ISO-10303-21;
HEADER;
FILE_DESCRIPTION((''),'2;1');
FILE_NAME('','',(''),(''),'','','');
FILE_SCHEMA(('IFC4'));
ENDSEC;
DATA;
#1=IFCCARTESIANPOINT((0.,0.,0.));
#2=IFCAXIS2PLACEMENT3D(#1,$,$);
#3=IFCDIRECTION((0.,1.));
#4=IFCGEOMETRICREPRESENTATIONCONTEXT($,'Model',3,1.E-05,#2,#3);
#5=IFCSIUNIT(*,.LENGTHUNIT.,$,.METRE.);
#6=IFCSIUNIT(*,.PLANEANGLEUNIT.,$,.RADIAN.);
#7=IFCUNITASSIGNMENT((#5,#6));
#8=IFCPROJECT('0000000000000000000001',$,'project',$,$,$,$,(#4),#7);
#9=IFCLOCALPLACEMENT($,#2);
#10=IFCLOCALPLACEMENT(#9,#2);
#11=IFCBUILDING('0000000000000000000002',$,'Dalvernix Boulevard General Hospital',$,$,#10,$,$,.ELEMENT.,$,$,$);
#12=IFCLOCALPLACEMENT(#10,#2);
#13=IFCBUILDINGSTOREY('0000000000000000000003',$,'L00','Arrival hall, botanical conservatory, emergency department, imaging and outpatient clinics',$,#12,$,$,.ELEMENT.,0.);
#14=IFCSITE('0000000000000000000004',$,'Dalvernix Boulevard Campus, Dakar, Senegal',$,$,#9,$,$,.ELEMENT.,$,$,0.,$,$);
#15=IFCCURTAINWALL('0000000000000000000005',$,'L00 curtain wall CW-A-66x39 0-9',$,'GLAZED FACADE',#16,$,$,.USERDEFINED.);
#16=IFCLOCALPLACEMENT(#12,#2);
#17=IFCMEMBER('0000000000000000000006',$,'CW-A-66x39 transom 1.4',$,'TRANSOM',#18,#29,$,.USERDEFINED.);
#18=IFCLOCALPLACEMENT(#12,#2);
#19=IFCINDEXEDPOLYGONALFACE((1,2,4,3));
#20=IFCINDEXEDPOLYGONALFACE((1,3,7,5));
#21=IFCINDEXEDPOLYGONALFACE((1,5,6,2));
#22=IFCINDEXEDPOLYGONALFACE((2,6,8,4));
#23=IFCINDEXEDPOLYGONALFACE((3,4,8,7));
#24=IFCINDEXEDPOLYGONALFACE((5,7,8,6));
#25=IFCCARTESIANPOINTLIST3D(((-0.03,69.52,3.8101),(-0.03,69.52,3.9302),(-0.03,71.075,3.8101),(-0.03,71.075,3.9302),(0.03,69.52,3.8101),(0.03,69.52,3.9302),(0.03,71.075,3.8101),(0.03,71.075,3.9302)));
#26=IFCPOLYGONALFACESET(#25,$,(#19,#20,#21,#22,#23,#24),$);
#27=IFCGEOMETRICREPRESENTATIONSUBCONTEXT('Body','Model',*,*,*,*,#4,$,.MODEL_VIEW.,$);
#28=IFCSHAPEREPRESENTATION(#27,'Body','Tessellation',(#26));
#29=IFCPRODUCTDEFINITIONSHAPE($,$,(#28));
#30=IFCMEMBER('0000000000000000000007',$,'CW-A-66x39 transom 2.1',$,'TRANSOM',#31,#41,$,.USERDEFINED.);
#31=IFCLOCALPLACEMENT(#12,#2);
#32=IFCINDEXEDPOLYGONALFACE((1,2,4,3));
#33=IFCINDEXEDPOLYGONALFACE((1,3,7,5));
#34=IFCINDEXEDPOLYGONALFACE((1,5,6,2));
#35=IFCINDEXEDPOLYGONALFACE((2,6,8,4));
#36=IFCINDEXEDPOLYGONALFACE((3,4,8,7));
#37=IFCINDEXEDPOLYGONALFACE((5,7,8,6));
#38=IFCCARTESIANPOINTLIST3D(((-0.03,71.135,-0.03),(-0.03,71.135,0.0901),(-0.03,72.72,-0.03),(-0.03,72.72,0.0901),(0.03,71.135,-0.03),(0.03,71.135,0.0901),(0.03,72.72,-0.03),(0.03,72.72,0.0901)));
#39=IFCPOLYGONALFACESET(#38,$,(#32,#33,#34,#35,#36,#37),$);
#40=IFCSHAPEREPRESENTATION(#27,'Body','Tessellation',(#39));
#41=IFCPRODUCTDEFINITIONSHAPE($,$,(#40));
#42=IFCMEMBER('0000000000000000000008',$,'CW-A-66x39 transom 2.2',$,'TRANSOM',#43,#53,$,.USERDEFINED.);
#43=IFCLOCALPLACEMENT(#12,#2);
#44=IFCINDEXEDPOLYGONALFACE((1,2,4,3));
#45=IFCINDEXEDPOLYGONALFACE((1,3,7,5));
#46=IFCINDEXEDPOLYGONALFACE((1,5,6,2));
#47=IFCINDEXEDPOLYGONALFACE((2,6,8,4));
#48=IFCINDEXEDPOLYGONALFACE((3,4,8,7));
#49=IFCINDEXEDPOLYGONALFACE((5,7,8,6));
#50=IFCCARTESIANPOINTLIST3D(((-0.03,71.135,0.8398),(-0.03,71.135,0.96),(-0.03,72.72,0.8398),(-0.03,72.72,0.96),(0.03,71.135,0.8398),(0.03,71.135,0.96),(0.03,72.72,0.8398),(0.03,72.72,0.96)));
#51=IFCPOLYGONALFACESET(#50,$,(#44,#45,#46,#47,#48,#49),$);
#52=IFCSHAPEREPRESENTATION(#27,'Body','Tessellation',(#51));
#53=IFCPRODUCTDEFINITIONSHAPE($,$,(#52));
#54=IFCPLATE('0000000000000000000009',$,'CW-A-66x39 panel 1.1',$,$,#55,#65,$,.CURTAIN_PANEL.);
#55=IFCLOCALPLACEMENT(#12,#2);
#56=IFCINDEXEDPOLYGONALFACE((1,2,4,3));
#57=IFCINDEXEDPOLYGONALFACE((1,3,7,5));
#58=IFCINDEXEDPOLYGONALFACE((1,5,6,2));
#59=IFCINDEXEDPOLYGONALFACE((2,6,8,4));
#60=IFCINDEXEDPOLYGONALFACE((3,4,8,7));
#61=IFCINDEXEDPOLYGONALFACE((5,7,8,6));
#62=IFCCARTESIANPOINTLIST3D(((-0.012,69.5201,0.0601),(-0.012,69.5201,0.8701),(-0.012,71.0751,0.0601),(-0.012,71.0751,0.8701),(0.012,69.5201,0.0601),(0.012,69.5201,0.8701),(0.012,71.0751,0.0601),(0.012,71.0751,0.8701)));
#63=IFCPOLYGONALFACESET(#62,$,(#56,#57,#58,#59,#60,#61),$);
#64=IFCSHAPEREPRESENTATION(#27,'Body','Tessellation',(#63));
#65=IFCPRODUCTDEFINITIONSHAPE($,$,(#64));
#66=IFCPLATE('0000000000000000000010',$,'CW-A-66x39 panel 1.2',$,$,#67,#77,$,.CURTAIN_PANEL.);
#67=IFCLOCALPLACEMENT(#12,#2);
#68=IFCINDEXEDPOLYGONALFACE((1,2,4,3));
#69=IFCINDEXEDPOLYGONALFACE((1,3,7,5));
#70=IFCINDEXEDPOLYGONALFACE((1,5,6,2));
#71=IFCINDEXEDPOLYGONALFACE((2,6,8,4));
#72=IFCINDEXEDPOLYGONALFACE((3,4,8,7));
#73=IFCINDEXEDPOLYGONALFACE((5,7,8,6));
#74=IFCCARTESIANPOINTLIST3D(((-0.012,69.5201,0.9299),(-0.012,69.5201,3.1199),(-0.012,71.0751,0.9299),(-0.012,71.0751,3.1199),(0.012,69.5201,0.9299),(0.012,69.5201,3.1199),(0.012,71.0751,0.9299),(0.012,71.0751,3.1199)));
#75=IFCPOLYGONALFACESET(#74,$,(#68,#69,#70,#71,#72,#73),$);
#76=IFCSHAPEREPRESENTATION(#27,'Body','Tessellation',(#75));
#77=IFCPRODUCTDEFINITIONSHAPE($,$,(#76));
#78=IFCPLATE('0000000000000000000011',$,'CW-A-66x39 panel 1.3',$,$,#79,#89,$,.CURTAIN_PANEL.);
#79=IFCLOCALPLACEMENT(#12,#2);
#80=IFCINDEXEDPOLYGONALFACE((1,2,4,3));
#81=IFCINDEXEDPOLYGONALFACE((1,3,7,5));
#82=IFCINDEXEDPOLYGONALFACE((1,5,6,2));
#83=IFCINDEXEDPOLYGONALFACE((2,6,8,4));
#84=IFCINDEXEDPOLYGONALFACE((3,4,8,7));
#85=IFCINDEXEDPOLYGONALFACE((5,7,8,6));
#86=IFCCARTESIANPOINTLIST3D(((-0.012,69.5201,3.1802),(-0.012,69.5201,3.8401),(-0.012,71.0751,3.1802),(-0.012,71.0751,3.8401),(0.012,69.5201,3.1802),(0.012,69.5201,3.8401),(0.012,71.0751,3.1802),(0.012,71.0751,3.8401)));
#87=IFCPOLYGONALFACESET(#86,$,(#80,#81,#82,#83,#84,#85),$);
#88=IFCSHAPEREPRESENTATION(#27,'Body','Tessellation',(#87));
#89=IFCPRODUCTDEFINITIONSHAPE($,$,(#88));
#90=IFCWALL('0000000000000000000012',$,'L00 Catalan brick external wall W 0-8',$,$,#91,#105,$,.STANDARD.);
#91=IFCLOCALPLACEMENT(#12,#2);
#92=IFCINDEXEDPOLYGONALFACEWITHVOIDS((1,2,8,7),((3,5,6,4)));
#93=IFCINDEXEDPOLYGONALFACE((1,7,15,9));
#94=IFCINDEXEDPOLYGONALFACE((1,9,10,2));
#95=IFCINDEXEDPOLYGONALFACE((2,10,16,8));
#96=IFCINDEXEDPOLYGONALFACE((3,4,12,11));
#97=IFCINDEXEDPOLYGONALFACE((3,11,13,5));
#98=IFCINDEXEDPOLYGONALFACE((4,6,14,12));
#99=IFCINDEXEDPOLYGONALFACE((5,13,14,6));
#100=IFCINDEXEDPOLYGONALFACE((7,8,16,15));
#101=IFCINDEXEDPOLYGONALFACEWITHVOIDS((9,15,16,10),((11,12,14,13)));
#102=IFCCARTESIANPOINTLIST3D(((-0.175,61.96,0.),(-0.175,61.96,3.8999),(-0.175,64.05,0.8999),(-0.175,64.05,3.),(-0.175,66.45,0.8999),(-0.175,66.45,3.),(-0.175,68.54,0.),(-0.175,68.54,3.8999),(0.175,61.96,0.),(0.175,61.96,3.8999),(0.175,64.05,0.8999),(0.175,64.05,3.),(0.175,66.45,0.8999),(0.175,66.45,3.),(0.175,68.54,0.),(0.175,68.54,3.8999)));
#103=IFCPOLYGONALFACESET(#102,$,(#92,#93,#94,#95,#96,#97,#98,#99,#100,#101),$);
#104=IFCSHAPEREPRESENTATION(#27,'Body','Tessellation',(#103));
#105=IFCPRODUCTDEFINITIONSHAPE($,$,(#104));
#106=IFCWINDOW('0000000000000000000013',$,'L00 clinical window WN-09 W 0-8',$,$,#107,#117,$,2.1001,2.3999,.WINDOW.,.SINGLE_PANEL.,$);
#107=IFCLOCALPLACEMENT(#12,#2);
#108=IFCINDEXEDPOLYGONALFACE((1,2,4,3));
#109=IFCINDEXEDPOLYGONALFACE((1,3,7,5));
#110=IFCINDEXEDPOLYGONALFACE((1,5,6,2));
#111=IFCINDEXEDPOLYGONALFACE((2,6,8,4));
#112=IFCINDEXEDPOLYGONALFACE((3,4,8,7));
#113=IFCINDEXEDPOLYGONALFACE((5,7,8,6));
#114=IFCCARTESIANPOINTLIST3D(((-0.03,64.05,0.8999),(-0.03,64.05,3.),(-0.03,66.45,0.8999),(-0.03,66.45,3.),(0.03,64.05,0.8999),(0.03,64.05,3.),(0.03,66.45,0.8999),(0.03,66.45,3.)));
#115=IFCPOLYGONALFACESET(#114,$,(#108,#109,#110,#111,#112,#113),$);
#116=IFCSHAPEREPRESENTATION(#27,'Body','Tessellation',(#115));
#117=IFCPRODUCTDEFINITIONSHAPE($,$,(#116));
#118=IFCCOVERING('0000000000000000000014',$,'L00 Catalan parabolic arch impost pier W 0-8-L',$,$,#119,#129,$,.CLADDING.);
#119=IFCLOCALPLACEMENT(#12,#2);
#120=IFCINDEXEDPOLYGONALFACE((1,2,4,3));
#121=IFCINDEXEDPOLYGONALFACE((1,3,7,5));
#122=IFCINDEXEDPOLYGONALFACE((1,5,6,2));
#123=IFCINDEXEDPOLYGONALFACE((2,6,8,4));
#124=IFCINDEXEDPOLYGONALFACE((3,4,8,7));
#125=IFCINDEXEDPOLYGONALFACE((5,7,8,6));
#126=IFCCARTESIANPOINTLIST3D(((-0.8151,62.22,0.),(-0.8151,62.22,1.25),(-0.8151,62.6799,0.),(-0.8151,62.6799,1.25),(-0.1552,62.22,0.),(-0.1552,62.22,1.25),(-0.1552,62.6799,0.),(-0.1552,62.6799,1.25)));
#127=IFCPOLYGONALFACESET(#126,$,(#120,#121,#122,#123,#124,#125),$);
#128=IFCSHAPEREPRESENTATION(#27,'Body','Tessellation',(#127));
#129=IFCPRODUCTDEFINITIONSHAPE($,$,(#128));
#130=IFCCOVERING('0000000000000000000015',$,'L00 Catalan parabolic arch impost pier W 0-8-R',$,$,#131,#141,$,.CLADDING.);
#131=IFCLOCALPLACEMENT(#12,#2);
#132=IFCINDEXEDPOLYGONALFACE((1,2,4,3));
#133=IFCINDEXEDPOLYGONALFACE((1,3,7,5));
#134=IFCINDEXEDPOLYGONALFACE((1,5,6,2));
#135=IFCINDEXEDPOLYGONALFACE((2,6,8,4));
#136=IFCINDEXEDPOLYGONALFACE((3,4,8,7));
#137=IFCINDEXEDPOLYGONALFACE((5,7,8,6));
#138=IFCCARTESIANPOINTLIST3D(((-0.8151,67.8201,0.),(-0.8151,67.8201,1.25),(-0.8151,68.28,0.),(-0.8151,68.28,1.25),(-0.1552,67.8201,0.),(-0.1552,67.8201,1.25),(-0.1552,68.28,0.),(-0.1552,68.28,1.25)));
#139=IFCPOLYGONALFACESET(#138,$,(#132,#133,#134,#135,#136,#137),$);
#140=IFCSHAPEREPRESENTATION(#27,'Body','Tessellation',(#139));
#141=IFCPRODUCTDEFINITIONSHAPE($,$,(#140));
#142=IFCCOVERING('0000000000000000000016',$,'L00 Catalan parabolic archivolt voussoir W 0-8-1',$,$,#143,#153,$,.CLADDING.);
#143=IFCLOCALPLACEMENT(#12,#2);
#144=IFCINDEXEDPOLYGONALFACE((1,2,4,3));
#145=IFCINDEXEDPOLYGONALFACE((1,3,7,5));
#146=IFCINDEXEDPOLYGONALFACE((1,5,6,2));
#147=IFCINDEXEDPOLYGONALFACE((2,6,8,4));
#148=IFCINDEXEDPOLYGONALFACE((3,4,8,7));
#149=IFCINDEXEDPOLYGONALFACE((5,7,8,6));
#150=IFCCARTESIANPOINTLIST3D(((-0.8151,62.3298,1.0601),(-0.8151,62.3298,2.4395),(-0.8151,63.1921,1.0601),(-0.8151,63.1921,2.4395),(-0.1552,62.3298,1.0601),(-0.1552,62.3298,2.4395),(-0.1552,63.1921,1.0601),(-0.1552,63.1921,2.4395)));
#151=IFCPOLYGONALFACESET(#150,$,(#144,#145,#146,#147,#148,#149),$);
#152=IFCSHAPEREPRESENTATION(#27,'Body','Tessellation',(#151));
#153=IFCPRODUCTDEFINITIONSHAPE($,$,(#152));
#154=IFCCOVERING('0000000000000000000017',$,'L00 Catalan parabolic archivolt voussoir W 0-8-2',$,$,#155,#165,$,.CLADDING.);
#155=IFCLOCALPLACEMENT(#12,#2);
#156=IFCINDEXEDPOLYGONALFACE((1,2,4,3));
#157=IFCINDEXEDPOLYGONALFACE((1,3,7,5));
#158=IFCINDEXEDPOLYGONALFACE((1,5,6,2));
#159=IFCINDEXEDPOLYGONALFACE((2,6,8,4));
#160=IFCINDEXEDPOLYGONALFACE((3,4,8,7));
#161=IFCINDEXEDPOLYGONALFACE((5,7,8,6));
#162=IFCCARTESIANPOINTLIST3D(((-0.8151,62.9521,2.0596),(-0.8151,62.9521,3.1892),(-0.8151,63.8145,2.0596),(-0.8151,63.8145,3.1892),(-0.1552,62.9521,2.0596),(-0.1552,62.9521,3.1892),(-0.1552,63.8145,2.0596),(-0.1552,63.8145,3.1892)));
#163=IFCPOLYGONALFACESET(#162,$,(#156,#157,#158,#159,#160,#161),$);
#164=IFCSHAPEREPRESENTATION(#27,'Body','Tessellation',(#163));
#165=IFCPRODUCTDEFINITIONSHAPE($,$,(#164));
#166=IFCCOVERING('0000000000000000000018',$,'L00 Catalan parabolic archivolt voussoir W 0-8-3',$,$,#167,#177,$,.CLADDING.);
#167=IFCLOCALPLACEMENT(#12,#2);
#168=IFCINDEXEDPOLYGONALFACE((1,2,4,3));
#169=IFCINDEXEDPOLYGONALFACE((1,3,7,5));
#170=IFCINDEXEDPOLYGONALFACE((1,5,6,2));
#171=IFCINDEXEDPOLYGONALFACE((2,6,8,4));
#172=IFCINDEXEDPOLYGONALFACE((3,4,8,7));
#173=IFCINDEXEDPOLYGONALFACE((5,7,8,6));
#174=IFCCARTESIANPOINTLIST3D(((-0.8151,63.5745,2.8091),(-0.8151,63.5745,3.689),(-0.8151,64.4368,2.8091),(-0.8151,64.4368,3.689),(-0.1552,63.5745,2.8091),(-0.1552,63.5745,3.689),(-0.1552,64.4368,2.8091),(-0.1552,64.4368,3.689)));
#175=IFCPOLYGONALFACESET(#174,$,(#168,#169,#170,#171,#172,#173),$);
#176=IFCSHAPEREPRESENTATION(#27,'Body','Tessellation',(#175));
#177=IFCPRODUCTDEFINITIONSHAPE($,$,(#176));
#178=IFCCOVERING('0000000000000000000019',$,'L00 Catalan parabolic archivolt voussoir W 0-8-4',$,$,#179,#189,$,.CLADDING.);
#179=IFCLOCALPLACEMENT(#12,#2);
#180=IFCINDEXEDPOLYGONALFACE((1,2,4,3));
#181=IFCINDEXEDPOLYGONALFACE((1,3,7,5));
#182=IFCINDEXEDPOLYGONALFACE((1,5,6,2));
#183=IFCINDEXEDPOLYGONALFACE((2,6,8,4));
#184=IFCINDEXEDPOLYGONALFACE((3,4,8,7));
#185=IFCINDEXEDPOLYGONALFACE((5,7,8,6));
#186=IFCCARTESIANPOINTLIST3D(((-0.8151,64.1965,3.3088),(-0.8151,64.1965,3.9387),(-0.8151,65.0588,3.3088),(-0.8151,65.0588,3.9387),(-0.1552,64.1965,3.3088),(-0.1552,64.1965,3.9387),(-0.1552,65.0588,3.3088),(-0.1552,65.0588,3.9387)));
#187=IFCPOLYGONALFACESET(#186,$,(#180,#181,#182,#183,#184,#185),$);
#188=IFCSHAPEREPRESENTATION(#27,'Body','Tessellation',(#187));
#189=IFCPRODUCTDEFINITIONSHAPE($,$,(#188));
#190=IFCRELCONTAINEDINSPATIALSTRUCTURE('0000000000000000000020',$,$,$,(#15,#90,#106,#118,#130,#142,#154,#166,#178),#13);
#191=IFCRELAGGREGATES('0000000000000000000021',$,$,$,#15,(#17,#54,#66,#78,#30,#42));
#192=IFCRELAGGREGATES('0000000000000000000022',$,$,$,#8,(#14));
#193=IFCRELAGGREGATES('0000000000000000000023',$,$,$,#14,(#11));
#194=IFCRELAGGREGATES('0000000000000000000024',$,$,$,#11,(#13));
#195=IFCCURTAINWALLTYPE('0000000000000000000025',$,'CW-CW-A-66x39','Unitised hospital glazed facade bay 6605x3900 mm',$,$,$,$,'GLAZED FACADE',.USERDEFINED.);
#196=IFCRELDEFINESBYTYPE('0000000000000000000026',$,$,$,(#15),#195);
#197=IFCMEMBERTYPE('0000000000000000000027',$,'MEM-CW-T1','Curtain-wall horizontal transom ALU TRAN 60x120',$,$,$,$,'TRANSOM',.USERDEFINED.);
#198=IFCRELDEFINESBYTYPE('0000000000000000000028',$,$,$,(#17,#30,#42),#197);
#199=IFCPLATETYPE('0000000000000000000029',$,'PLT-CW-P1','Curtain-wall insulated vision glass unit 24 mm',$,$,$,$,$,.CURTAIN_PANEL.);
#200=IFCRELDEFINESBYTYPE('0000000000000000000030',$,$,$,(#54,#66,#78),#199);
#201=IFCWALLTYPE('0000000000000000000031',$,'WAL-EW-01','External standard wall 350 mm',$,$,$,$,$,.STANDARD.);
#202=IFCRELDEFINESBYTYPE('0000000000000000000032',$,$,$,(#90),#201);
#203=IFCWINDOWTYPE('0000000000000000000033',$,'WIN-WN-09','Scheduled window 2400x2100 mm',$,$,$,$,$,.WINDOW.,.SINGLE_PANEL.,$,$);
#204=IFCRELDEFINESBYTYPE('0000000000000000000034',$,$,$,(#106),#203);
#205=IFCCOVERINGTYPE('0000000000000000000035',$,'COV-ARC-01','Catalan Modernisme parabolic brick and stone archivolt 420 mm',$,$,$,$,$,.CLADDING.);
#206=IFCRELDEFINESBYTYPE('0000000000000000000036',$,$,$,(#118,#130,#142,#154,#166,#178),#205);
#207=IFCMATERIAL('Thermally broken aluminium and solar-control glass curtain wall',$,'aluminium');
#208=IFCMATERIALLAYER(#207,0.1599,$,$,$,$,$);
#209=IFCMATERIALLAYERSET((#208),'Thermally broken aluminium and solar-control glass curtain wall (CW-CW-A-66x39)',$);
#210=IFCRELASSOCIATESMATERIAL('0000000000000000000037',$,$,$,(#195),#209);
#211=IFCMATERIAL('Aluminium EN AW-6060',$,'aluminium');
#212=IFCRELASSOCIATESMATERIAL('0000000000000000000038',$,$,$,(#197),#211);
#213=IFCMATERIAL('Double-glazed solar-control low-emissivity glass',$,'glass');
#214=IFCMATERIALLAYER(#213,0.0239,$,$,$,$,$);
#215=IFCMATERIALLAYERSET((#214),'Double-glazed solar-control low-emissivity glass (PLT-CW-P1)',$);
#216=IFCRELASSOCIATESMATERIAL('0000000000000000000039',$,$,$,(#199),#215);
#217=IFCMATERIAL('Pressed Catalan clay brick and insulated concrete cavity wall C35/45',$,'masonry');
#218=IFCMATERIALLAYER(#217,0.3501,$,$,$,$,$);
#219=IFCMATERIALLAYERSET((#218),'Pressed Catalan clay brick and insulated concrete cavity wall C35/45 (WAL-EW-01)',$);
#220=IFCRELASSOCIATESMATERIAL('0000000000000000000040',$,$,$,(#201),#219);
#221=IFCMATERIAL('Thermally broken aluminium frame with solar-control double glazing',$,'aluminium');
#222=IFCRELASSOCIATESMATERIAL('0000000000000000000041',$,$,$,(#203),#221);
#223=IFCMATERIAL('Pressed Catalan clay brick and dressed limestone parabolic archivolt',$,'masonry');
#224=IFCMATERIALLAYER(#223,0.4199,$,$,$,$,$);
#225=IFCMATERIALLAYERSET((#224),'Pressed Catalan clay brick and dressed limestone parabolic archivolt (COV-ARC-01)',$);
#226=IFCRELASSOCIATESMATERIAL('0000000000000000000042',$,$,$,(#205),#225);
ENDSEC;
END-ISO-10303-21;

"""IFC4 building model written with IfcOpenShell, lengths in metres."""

from ifc_helpers import new_model, si_unit, direction, frame, frame_2d, origin, origin_2d, place, context, subcontext, project, spatial, rectangle, extrude, material, layer, layer_set, material_profile, profile_set, type_object, element, fill, aggregate, save


model = new_model("IFC4")

# Units and contexts
model_context = context("Model", 3, precision=1e-05, world=origin(), true_north=direction((0.0, 1.0)))
body_context = subcontext(model_context, "Body", "Model", "MODEL_VIEW")
ifc_project = project(units=[si_unit("LENGTHUNIT", "METRE"), si_unit("PLANEANGLEUNIT", "RADIAN")], contexts=[model_context])

# Site, building, storey
site_placement = place(None, origin())
site = spatial("IfcSite", under=ifc_project, at=site_placement, Name="Dalvernix Boulevard Campus, Dakar, Senegal", CompositionType="ELEMENT", RefElevation=0.0)
building_placement = place(site_placement, origin())
building = spatial("IfcBuilding", under=site, at=building_placement, Name="Dalvernix Boulevard General Hospital", CompositionType="ELEMENT")
storey_placement = place(building_placement, origin())
storey = spatial("IfcBuildingStorey", under=building, at=storey_placement, Name="L00", Description="Arrival hall, botanical conservatory, emergency department, imaging and outpatient clinics", CompositionType="ELEMENT", Elevation=0.0)

# Curtain wall, members, plates
ifc_material_1 = material(Name="Thermally broken aluminium and solar-control glass curtain wall", Category="aluminium")
ifc_layer_1 = layer(ifc_material_1, 0.1599)
ifc_layer_set_1 = layer_set([ifc_layer_1], Name="Thermally broken aluminium and solar-control glass curtain wall (CW-CW-A-66x39)")
curtain_wall_type = type_object("IfcCurtainWallType", Name="CW-CW-A-66x39", Description="Unitised hospital glazed facade bay 6605x3900 mm", ElementType="GLAZED FACADE", PredefinedType="USERDEFINED", material=ifc_layer_set_1)
curtain_wall_placement = place(storey_placement, origin())
curtain_wall = element("IfcCurtainWall", 1, at=curtain_wall_placement, inside=storey, type_object=curtain_wall_type, Name="L00 curtain wall CW-A-66x39 0-9", ObjectType="GLAZED FACADE", PredefinedType="USERDEFINED")
ifc_material_2 = material(Name="Aluminium EN AW-6060", Category="aluminium")
ifc_material_profile_1 = material_profile(ifc_material_2, rectangle(XDim=0.0601, YDim=0.1201, at=origin_2d()), Name="ALU TRAN 60x120")
ifc_profile_set_1 = profile_set([ifc_material_profile_1], Name="Aluminium EN AW-6060")
member_type_1 = type_object("IfcMemberType", Name="MEM-CW-T1", Description="Curtain-wall horizontal transom ALU TRAN 60x120", ElementType="TRANSOM", PredefinedType="USERDEFINED", material=ifc_profile_set_1)
member_1_placement = place(storey_placement, frame((0.0, 69.52, 3.8701), z_axis=(0.0, 1.0, 0.0), x_axis=(-1.0, 0.0, 0.0)))
member_1 = element("IfcMember", 2, at=member_1_placement, type_object=member_type_1, Name="CW-A-66x39 transom 1.4", ObjectType="TRANSOM", PredefinedType="USERDEFINED", context=body_context, shape_type="SweptSolid", body=[
    extrude(rectangle(XDim=0.0601, YDim=0.1201, at=origin_2d()), origin(), (0.0, 0.0, 1.0), 1.5549),
])
member_2_placement = place(storey_placement, frame((0.0, 71.135, 0.03), z_axis=(0.0, 1.0, 0.0), x_axis=(-1.0, 0.0, 0.0)))
member_2 = element("IfcMember", 3, at=member_2_placement, type_object=member_type_1, Name="CW-A-66x39 transom 2.1", ObjectType="TRANSOM", PredefinedType="USERDEFINED", context=body_context, shape_type="SweptSolid", body=[
    extrude(rectangle(XDim=0.0601, YDim=0.1201, at=origin_2d()), origin(), (0.0, 0.0, 1.0), 1.585),
])
member_3_placement = place(storey_placement, frame((0.0, 71.135, 0.8999), z_axis=(0.0, 1.0, 0.0), x_axis=(-1.0, 0.0, 0.0)))
member_3 = element("IfcMember", 4, at=member_3_placement, type_object=member_type_1, Name="CW-A-66x39 transom 2.2", ObjectType="TRANSOM", PredefinedType="USERDEFINED", context=body_context, shape_type="SweptSolid", body=[
    extrude(rectangle(XDim=0.0601, YDim=0.1201, at=origin_2d()), origin(), (0.0, 0.0, 1.0), 1.585),
])
ifc_material_3 = material(Name="Double-glazed solar-control low-emissivity glass", Category="glass")
ifc_layer_2 = layer(ifc_material_3, 0.0239)
ifc_layer_set_2 = layer_set([ifc_layer_2], Name="Double-glazed solar-control low-emissivity glass (PLT-CW-P1)")
plate_type = type_object("IfcPlateType", Name="PLT-CW-P1", Description="Curtain-wall insulated vision glass unit 24 mm", PredefinedType="CURTAIN_PANEL", material=ifc_layer_set_2)
plate_1_placement = place(storey_placement, frame((0.0, 70.2976, 0.0601), z_axis=(0.0, 0.0, 1.0), x_axis=(0.0, 1.0, 0.0)))
plate_1 = element("IfcPlate", 5, at=plate_1_placement, type_object=plate_type, Name="CW-A-66x39 panel 1.1", PredefinedType="CURTAIN_PANEL", context=body_context, shape_type="SweptSolid", body=[
    extrude(rectangle(XDim=1.5549, YDim=0.0239, at=origin_2d()), origin(), (0.0, 0.0, 1.0), 0.8101),
])
plate_2_placement = place(storey_placement, frame((0.0, 70.2976, 0.9299), z_axis=(0.0, 0.0, 1.0), x_axis=(0.0, 1.0, 0.0)))
plate_2 = element("IfcPlate", 6, at=plate_2_placement, type_object=plate_type, Name="CW-A-66x39 panel 1.2", PredefinedType="CURTAIN_PANEL", context=body_context, shape_type="SweptSolid", body=[
    extrude(rectangle(XDim=1.5549, YDim=0.0239, at=origin_2d()), origin(), (0.0, 0.0, 1.0), 2.1899),
])
plate_3_placement = place(storey_placement, frame((0.0, 70.2976, 3.1802), z_axis=(0.0, 0.0, 1.0), x_axis=(0.0, 1.0, 0.0)))
plate_3 = element("IfcPlate", 7, at=plate_3_placement, type_object=plate_type, Name="CW-A-66x39 panel 1.3", PredefinedType="CURTAIN_PANEL", context=body_context, shape_type="SweptSolid", body=[
    extrude(rectangle(XDim=1.5549, YDim=0.0239, at=origin_2d()), origin(), (0.0, 0.0, 1.0), 0.6599),
])
aggregate(curtain_wall, [member_1, plate_1, plate_2, plate_3, member_2, member_3])

# Wall, opening, window
ifc_material_4 = material(Name="Pressed Catalan clay brick and insulated concrete cavity wall C35/45", Category="masonry")
ifc_layer_3 = layer(ifc_material_4, 0.3501)
ifc_layer_set_3 = layer_set([ifc_layer_3], Name="Pressed Catalan clay brick and insulated concrete cavity wall C35/45 (WAL-EW-01)")
wall_type = type_object("IfcWallType", Name="WAL-EW-01", Description="External standard wall 350 mm", PredefinedType="STANDARD", material=ifc_layer_set_3)
wall_placement = place(storey_placement, frame((0.0, 61.96, 0.0), z_axis=(0.0, 0.0, 1.0), x_axis=(0.0, 1.0, 0.0)))
wall = element("IfcWall", 8, at=wall_placement, inside=storey, type_object=wall_type, Name="L00 Catalan brick external wall W 0-8", PredefinedType="STANDARD", context=body_context, shape_type="SweptSolid", body=[
    extrude(rectangle(XDim=6.5801, YDim=0.3501, at=frame_2d((3.29, 0.0))), origin(), (0.0, 0.0, 1.0), 3.8999),
])
opening_placement = place(wall_placement, frame((2.0901, 0.0, 0.8999)))
opening = element("IfcOpeningElement", 9, at=opening_placement, cuts=wall, PredefinedType="OPENING", context=body_context, shape_type="SweptSolid", body=[
    extrude(rectangle(XDim=2.3999, YDim=2.1001, at=frame_2d((1.2, 1.05))), frame((0.0, 0.1851, 0.0), z_axis=(0.0, -1.0, 0.0), x_axis=(1.0, 0.0, 0.0)), (0.0, 0.0, 1.0), 0.3701),
])
ifc_material_5 = material(Name="Thermally broken aluminium frame with solar-control double glazing", Category="aluminium")
window_type = type_object("IfcWindowType", Name="WIN-WN-09", Description="Scheduled window 2400x2100 mm", PartitioningType="SINGLE_PANEL", PredefinedType="WINDOW", material=ifc_material_5)
window_placement = place(opening_placement, origin())
window = element("IfcWindow", 10, at=window_placement, inside=storey, type_object=window_type, Name="L00 clinical window WN-09 W 0-8", OverallHeight=2.1001, OverallWidth=2.3999, PartitioningType="SINGLE_PANEL", PredefinedType="WINDOW", context=body_context, shape_type="SweptSolid", body=[
    extrude(rectangle(XDim=2.3999, YDim=2.1001, at=frame_2d((1.2, 1.05))), frame((0.0, 0.03, 0.0), z_axis=(0.0, -1.0, 0.0), x_axis=(1.0, 0.0, 0.0)), (0.0, 0.0, 1.0), 0.0601),
])
fill(opening, window)

# Coverings
ifc_material_6 = material(Name="Pressed Catalan clay brick and dressed limestone parabolic archivolt", Category="masonry")
ifc_layer_4 = layer(ifc_material_6, 0.4199)
ifc_layer_set_4 = layer_set([ifc_layer_4], Name="Pressed Catalan clay brick and dressed limestone parabolic archivolt (COV-ARC-01)")
covering_type_1 = type_object("IfcCoveringType", Name="COV-ARC-01", Description="Catalan Modernisme parabolic brick and stone archivolt 420 mm", PredefinedType="CLADDING", material=ifc_layer_set_4)
for number, where, z_axis, x_axis, name in (
    (11, (-0.4851, 62.45, 0.0), (0.0, 0.0, 1.0), (0.0, 1.0, 0.0), "L00 Catalan parabolic arch impost pier W 0-8-L"),
    (12, (-0.4851, 68.05, 0.0), (0.0, 0.0, 1.0), (0.0, 1.0, 0.0), "L00 Catalan parabolic arch impost pier W 0-8-R"),
):
    element("IfcCovering", number, at=place(storey_placement, frame(where, z_axis=z_axis, x_axis=x_axis)), inside=storey, type_object=covering_type_1, Name=name, PredefinedType="CLADDING", context=body_context, shape_type="SweptSolid", body=[
        extrude(rectangle(XDim=0.46, YDim=0.6599, at=origin_2d()), origin(), (0.0, 0.0, 1.0), 1.25),
    ])
covering_1_placement = place(storey_placement, frame((-0.4851, 62.761, 1.0601), z_axis=(0.0, 0.0, 1.0), x_axis=(0.0, 1.0, 0.0)))
element("IfcCovering", 13, at=covering_1_placement, inside=storey, type_object=covering_type_1, Name="L00 Catalan parabolic archivolt voussoir W 0-8-1", PredefinedType="CLADDING", context=body_context, shape_type="SweptSolid", body=[
    extrude(rectangle(XDim=0.8623, YDim=0.6599, at=origin_2d()), origin(), (0.0, 0.0, 1.0), 1.3794),
])
covering_2_placement = place(storey_placement, frame((-0.4851, 63.3833, 2.0596), z_axis=(0.0, 0.0, 1.0), x_axis=(0.0, 1.0, 0.0)))
element("IfcCovering", 14, at=covering_2_placement, inside=storey, type_object=covering_type_1, Name="L00 Catalan parabolic archivolt voussoir W 0-8-2", PredefinedType="CLADDING", context=body_context, shape_type="SweptSolid", body=[
    extrude(rectangle(XDim=0.8623, YDim=0.6599, at=origin_2d()), origin(), (0.0, 0.0, 1.0), 1.1296),
])
covering_3_placement = place(storey_placement, frame((-0.4851, 64.0056, 2.8091), z_axis=(0.0, 0.0, 1.0), x_axis=(0.0, 1.0, 0.0)))
element("IfcCovering", 15, at=covering_3_placement, inside=storey, type_object=covering_type_1, Name="L00 Catalan parabolic archivolt voussoir W 0-8-3", PredefinedType="CLADDING", context=body_context, shape_type="SweptSolid", body=[
    extrude(rectangle(XDim=0.8623, YDim=0.6599, at=origin_2d()), origin(), (0.0, 0.0, 1.0), 0.8799),
])
covering_4_placement = place(storey_placement, frame((-0.4851, 64.6277, 3.3088), z_axis=(0.0, 0.0, 1.0), x_axis=(0.0, 1.0, 0.0)))
element("IfcCovering", 16, at=covering_4_placement, inside=storey, type_object=covering_type_1, Name="L00 Catalan parabolic archivolt voussoir W 0-8-4", PredefinedType="CLADDING", context=body_context, shape_type="SweptSolid", body=[
    extrude(rectangle(XDim=0.8623, YDim=0.6599, at=origin_2d()), origin(), (0.0, 0.0, 1.0), 0.6299),
])

save(model, "model.ifc")
